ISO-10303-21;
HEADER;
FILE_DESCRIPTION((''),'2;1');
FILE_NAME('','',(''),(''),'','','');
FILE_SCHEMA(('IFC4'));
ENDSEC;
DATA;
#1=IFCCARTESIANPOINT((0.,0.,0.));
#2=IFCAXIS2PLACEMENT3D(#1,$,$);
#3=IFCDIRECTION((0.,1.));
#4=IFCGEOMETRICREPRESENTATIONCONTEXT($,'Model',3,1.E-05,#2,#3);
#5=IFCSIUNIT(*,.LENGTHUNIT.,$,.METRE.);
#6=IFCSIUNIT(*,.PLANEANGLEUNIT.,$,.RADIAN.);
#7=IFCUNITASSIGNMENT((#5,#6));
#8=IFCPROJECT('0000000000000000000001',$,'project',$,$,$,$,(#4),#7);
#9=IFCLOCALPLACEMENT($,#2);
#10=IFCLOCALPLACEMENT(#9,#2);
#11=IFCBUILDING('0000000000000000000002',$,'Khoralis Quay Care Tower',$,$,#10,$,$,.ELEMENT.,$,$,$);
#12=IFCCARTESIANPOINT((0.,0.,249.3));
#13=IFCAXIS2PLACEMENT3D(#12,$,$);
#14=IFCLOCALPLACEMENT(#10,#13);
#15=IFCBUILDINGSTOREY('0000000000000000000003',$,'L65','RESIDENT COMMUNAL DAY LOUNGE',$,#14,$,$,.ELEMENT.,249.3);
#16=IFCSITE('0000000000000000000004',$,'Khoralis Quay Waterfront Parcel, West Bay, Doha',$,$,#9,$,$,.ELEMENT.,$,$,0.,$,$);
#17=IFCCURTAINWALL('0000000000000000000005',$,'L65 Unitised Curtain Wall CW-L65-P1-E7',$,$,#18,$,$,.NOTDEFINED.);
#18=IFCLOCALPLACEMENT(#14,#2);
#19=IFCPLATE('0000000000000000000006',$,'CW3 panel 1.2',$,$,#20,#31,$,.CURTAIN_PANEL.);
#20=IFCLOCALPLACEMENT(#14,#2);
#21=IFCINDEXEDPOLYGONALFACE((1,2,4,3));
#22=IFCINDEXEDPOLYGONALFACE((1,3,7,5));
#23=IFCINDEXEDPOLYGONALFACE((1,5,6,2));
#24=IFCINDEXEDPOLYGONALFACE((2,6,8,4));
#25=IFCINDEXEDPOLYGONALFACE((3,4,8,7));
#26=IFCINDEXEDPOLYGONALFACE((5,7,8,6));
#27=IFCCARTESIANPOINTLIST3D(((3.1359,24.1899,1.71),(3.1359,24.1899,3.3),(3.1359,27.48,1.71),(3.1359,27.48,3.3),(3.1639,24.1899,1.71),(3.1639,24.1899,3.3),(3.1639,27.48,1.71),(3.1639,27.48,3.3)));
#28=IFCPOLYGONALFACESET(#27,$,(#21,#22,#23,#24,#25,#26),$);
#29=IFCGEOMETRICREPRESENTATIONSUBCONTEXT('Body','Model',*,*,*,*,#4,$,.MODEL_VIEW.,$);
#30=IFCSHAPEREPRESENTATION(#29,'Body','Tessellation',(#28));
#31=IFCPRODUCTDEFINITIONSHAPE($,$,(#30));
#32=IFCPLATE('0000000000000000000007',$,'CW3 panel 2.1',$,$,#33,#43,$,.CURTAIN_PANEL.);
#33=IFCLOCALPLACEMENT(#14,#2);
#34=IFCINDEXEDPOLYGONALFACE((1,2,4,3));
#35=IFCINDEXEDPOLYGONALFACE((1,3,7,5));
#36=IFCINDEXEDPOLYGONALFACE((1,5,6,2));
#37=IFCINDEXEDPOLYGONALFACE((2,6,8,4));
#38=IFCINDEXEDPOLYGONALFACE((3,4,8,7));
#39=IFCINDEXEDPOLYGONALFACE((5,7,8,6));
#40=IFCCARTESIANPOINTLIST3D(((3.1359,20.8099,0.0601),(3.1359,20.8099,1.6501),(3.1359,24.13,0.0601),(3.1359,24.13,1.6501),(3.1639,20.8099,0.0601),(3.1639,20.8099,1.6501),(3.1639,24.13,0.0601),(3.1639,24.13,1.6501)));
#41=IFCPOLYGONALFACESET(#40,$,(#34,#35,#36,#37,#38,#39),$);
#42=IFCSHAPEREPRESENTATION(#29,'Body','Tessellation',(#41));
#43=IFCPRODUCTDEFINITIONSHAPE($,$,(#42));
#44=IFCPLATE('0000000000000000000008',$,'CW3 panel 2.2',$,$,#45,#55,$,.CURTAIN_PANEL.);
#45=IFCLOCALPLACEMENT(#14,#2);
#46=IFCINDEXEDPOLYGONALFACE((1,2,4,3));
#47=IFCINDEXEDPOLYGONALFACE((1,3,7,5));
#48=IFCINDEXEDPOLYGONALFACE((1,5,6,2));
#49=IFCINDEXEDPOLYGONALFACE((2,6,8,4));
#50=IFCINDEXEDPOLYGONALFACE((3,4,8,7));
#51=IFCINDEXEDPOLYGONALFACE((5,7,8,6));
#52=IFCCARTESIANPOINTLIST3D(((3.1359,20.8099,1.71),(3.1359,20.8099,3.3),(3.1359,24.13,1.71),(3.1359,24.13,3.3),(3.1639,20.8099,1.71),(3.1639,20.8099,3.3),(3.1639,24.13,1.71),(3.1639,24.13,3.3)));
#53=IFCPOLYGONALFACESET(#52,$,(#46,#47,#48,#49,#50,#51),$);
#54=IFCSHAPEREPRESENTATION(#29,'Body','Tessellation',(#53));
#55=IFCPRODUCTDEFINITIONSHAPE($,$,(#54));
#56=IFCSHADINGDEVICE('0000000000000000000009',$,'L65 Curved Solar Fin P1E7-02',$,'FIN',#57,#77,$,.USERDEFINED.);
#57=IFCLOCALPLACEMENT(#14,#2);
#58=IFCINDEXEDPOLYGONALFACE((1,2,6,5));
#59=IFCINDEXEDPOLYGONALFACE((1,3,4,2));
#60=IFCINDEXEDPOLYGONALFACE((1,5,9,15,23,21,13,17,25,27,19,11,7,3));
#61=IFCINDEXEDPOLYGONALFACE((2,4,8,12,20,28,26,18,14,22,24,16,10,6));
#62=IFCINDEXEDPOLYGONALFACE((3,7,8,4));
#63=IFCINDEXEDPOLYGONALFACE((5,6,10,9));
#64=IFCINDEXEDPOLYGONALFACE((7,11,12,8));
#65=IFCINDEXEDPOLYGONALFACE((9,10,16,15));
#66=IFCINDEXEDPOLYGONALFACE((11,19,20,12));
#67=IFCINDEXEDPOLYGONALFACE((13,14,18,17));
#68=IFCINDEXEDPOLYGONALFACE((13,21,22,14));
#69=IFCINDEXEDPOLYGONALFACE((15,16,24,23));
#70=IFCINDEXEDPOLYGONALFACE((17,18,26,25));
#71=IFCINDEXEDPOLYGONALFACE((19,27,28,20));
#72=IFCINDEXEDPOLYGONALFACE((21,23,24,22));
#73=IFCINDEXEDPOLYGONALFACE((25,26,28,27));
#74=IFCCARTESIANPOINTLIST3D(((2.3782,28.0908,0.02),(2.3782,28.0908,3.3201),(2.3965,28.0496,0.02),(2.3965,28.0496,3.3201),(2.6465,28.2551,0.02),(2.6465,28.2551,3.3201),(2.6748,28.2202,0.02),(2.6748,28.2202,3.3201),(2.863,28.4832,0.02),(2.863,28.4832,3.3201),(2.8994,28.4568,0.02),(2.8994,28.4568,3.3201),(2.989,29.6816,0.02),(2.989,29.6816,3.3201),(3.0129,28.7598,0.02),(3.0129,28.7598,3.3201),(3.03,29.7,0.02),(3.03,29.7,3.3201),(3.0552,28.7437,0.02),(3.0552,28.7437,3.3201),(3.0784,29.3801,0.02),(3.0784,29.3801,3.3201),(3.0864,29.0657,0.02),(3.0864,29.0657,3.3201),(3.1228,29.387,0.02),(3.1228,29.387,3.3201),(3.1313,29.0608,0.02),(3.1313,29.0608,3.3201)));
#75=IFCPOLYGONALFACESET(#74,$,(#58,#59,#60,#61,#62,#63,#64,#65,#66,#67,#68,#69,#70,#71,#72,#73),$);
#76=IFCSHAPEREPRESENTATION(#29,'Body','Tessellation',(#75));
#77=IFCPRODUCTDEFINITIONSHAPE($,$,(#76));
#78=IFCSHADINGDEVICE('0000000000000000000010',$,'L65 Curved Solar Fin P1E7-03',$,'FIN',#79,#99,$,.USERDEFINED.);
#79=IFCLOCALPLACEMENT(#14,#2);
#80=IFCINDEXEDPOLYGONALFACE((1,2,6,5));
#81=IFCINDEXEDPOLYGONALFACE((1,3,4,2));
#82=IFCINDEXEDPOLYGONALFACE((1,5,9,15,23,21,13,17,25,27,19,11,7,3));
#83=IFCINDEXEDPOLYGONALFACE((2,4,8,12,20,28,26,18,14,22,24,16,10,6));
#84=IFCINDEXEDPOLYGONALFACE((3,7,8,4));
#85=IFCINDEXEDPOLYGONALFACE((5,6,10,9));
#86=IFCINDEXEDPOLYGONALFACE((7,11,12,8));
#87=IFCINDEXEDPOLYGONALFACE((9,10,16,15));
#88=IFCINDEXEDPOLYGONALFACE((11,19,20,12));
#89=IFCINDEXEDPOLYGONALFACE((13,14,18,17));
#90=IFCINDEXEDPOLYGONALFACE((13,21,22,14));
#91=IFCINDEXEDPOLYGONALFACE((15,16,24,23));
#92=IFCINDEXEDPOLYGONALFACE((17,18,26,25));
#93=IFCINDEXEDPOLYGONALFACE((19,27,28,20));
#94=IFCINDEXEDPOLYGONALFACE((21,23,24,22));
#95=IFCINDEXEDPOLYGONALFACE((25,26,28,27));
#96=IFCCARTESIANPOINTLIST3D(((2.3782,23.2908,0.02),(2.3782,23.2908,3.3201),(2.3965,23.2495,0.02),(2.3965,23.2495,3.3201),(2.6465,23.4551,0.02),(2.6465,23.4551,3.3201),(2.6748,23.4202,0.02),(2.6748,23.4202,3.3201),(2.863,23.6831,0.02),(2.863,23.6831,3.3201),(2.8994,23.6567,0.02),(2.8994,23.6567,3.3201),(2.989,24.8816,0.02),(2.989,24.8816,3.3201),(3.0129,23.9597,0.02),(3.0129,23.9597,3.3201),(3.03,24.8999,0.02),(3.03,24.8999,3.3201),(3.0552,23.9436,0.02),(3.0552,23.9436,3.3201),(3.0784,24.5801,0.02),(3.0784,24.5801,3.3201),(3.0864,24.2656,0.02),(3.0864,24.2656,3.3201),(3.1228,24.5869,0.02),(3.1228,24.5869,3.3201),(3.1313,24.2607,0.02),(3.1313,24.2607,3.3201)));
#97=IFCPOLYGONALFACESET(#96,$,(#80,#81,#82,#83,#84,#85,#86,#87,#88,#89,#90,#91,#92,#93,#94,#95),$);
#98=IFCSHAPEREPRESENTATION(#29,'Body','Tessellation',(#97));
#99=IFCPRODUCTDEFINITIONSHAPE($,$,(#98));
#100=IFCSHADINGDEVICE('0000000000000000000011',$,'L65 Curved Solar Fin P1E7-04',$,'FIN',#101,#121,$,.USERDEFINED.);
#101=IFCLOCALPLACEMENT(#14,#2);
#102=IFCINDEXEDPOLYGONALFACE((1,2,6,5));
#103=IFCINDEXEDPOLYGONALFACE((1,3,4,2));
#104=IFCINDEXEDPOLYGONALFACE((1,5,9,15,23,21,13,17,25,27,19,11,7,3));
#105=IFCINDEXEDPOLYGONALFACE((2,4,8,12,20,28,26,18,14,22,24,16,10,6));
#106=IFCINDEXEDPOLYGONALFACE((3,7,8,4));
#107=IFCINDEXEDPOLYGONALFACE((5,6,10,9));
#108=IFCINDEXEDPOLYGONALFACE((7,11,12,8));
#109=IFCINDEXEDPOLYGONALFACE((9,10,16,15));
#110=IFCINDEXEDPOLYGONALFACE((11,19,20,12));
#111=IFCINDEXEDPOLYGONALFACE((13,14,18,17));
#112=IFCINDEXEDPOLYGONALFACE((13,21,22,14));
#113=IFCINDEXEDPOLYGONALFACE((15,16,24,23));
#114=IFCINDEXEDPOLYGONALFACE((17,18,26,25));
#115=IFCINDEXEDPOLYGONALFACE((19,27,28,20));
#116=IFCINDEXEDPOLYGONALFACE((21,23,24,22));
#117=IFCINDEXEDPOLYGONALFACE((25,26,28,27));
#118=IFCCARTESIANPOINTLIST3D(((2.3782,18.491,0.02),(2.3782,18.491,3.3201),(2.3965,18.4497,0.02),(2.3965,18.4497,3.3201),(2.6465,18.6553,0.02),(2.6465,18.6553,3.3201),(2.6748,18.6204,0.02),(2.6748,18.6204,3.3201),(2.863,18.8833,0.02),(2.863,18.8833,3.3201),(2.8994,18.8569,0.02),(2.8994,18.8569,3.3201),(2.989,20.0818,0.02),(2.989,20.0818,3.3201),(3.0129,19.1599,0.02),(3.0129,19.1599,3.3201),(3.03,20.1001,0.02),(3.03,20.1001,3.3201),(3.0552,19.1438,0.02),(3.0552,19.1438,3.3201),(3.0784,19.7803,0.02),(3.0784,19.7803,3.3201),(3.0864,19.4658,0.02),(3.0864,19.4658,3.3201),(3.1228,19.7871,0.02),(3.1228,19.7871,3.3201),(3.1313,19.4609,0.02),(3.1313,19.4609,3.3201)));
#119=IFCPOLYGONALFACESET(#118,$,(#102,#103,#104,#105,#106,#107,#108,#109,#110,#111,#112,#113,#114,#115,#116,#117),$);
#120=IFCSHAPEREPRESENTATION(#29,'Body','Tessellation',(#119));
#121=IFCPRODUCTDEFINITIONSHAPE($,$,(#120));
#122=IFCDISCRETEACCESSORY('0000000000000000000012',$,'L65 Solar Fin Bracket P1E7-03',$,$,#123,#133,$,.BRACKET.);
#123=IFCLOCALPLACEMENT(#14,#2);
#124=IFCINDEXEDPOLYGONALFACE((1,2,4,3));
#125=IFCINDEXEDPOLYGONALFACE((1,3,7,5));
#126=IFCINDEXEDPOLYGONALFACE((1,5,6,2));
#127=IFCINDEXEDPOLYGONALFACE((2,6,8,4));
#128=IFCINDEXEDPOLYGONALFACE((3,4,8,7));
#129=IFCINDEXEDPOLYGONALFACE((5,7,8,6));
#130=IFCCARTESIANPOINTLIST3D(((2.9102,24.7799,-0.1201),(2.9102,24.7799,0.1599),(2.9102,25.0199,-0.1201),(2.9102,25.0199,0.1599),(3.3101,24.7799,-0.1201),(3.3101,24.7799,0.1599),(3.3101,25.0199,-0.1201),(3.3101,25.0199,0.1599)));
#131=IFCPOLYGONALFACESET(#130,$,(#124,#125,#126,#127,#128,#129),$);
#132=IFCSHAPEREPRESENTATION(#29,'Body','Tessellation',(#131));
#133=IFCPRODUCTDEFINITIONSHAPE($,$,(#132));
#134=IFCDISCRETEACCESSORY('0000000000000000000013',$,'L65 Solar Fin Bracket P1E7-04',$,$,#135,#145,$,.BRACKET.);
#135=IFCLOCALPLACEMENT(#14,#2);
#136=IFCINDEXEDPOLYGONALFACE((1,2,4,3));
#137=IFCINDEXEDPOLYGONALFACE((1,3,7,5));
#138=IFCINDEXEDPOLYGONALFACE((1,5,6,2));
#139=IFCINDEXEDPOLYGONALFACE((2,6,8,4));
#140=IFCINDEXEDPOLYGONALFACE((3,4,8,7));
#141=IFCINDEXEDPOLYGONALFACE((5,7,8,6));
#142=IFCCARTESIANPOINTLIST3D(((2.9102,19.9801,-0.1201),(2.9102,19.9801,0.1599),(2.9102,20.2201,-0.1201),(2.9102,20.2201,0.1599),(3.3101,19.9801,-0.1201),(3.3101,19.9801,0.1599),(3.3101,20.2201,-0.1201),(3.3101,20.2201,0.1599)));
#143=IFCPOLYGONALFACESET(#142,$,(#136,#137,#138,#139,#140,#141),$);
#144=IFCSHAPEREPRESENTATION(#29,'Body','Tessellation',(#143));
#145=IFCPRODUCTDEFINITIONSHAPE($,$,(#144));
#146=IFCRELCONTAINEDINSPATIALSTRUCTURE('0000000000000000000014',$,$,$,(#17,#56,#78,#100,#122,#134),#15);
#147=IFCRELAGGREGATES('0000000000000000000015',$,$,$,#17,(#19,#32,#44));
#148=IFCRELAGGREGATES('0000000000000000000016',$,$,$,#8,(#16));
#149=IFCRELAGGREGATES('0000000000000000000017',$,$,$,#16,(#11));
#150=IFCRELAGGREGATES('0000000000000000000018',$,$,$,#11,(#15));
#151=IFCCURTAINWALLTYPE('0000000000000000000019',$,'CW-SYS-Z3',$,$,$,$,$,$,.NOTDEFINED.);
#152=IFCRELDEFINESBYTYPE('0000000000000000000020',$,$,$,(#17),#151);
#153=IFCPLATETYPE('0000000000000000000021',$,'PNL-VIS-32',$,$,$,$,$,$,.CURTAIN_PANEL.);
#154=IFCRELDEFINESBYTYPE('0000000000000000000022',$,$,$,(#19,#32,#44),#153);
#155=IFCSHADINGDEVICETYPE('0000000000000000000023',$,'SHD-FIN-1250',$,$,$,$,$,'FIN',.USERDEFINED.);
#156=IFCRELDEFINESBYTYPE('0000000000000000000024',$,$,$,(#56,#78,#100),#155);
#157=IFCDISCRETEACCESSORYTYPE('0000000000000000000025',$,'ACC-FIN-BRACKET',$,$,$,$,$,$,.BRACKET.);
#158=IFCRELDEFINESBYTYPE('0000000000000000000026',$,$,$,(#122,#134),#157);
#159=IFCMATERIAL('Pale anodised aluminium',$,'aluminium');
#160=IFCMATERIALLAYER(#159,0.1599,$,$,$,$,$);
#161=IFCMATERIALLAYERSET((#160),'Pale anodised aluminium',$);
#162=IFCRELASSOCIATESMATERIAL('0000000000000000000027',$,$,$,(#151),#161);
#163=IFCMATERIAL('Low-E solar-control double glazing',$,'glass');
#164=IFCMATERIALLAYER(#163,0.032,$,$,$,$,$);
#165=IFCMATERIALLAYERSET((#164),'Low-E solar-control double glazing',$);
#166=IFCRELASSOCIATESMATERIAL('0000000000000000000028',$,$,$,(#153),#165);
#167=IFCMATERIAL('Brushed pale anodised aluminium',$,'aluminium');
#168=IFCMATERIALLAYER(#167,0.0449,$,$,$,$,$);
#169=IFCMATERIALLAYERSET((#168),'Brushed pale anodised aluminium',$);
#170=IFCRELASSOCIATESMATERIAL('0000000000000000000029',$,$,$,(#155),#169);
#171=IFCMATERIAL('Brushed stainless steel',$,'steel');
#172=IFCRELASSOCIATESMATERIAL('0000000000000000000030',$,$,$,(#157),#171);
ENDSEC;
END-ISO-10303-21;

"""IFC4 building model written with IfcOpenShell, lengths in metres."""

from ifc_helpers import new_model, si_unit, direction, frame, origin, origin_2d, place, context, subcontext, project, spatial, polyline, rectangle, outline, extrude, source, transform, mapped, material, layer, layer_set, type_object, element, aggregate, save


model = new_model("IFC4")

# Units and contexts
model_context = context("Model", 3, precision=1e-05, world=origin(), true_north=direction((0.0, 1.0)))
body_context = subcontext(model_context, "Body", "Model", "MODEL_VIEW")
ifc_project = project(units=[si_unit("LENGTHUNIT", "METRE"), si_unit("PLANEANGLEUNIT", "RADIAN")], contexts=[model_context])

# Site, building, storey
site_placement = place(None, origin())
site = spatial("IfcSite", under=ifc_project, at=site_placement, Name="Khoralis Quay Waterfront Parcel, West Bay, Doha", CompositionType="ELEMENT", RefElevation=0.0)
building_placement = place(site_placement, origin())
building = spatial("IfcBuilding", under=site, at=building_placement, Name="Khoralis Quay Care Tower", CompositionType="ELEMENT")
storey_placement = place(building_placement, frame((0.0, 0.0, 249.3)))
storey = spatial("IfcBuildingStorey", under=building, at=storey_placement, Name="L65", Description="RESIDENT COMMUNAL DAY LOUNGE", CompositionType="ELEMENT", Elevation=249.3)

# Curtain wall, plates
ifc_material_1 = material(Name="Pale anodised aluminium", Category="aluminium")
ifc_layer_1 = layer(ifc_material_1, 0.1599)
ifc_layer_set_1 = layer_set([ifc_layer_1], Name="Pale anodised aluminium")
curtain_wall_type = type_object("IfcCurtainWallType", Name="CW-SYS-Z3", PredefinedType="NOTDEFINED", material=ifc_layer_set_1)
curtain_wall_placement = place(storey_placement, origin())
curtain_wall = element("IfcCurtainWall", 1, at=curtain_wall_placement, inside=storey, type_object=curtain_wall_type, Name="L65 Unitised Curtain Wall CW-L65-P1-E7", PredefinedType="NOTDEFINED")
ifc_material_2 = material(Name="Low-E solar-control double glazing", Category="glass")
ifc_layer_2 = layer(ifc_material_2, 0.032)
ifc_layer_set_2 = layer_set([ifc_layer_2], Name="Low-E solar-control double glazing")
plate_type = type_object("IfcPlateType", Name="PNL-VIS-32", PredefinedType="CURTAIN_PANEL", material=ifc_layer_set_2)
shared_shape_1 = source(origin(), body_context, "Body", "SweptSolid", [
    extrude(rectangle(XDim=3.29, YDim=0.0281, at=origin_2d()), origin(), (0.0, 0.0, 1.0), 1.5901),
])
plate_1_placement = place(storey_placement, frame((3.1499, 25.835, 1.71), z_axis=(0.0, 0.0, 1.0), x_axis=(0.0, -1.0, 0.0)))
plate_1 = element("IfcPlate", 2, at=plate_1_placement, type_object=plate_type, Name="CW3 panel 1.2", PredefinedType="CURTAIN_PANEL", context=body_context, shape_type="MappedRepresentation", body=[
    mapped(shared_shape_1, transform((0.0, 0.0, 0.0), scale=1.0)),
])
shared_shape_2 = source(origin(), body_context, "Body", "SweptSolid", [
    extrude(rectangle(XDim=3.3201, YDim=0.0281, at=origin_2d()), origin(), (0.0, 0.0, 1.0), 1.5901),
])
plate_2_placement = place(storey_placement, frame((3.1499, 22.47, 0.0601), z_axis=(0.0, 0.0, 1.0), x_axis=(0.0, -1.0, 0.0)))
plate_2 = element("IfcPlate", 3, at=plate_2_placement, type_object=plate_type, Name="CW3 panel 2.1", PredefinedType="CURTAIN_PANEL", context=body_context, shape_type="MappedRepresentation", body=[
    mapped(shared_shape_2, transform((0.0, 0.0, 0.0), scale=1.0)),
])
plate_3_placement = place(storey_placement, frame((3.1499, 22.47, 1.71), z_axis=(0.0, 0.0, 1.0), x_axis=(0.0, -1.0, 0.0)))
plate_3 = element("IfcPlate", 4, at=plate_3_placement, type_object=plate_type, Name="CW3 panel 2.2", PredefinedType="CURTAIN_PANEL", context=body_context, shape_type="MappedRepresentation", body=[
    mapped(shared_shape_2, transform((0.0, 0.0, 0.0), scale=1.0)),
])
aggregate(curtain_wall, [plate_1, plate_2, plate_3])

# Shading devices
ifc_material_3 = material(Name="Brushed pale anodised aluminium", Category="aluminium")
ifc_layer_3 = layer(ifc_material_3, 0.0449)
ifc_layer_set_3 = layer_set([ifc_layer_3], Name="Brushed pale anodised aluminium")
shading_device_type = type_object("IfcShadingDeviceType", Name="SHD-FIN-1250", ElementType="FIN", PredefinedType="USERDEFINED", material=ifc_layer_set_3)
shared_shape_3 = source(origin(), body_context, "Body", "SweptSolid", [
    extrude(outline(polyline([(0.0, 0.0), (-0.0928, 0.313), (-0.1013, 0.6392), (-0.0251, 0.9563), (0.1306, 1.2432), (0.3552, 1.4797), (0.6335, 1.6504), (0.6519, 1.6091), (0.3835, 1.4448), (0.167, 1.2168), (0.0171, 0.9402), (-0.0564, 0.6343), (-0.0483, 0.3198), (0.041, 0.0183), (0.0, 0.0)])), origin(), (0.0, 0.0, 1.0), 3.3),
])
for number, where, z_axis, x_axis, name in (
    (5, (3.03, 29.7, 0.02), (0.0, 0.0, 1.0), (-1.0, 0.0, 0.0), "L65 Curved Solar Fin P1E7-02"),
    (6, (3.03, 24.8999, 0.02), (0.0, 0.0, 1.0), (-1.0, 0.0, 0.0), "L65 Curved Solar Fin P1E7-03"),
    (7, (3.03, 20.1001, 0.02), (0.0, 0.0, 1.0), (-1.0, 0.0, 0.0), "L65 Curved Solar Fin P1E7-04"),
):
    element("IfcShadingDevice", number, at=place(storey_placement, frame(where, z_axis=z_axis, x_axis=x_axis)), inside=storey, type_object=shading_device_type, Name=name, ObjectType="FIN", PredefinedType="USERDEFINED", context=body_context, shape_type="MappedRepresentation", body=[
        mapped(shared_shape_3, transform((0.0, 0.0, 0.0), scale=1.0)),
    ])

# Discrete accessories
ifc_material_4 = material(Name="Brushed stainless steel", Category="steel")
discrete_accessory_type = type_object("IfcDiscreteAccessoryType", Name="ACC-FIN-BRACKET", PredefinedType="BRACKET", material=ifc_material_4)
shared_shape_4 = source(origin(), body_context, "Body", "SweptSolid", [
    extrude(rectangle(XDim=0.3999, YDim=0.24, at=origin_2d()), origin(), (0.0, 0.0, 1.0), 0.28),
])
for number, where, z_axis, x_axis, name in (
    (8, (3.1101, 24.8999, -0.1201), (0.0, 0.0, 1.0), (-1.0, 0.0, 0.0), "L65 Solar Fin Bracket P1E7-03"),
    (9, (3.1101, 20.1001, -0.1201), (0.0, 0.0, 1.0), (-1.0, 0.0, 0.0), "L65 Solar Fin Bracket P1E7-04"),
):
    element("IfcDiscreteAccessory", number, at=place(storey_placement, frame(where, z_axis=z_axis, x_axis=x_axis)), inside=storey, type_object=discrete_accessory_type, Name=name, PredefinedType="BRACKET", context=body_context, shape_type="MappedRepresentation", body=[
        mapped(shared_shape_4, transform((0.0, 0.0, 0.0), scale=1.0)),
    ])

save(model, "model.ifc")
